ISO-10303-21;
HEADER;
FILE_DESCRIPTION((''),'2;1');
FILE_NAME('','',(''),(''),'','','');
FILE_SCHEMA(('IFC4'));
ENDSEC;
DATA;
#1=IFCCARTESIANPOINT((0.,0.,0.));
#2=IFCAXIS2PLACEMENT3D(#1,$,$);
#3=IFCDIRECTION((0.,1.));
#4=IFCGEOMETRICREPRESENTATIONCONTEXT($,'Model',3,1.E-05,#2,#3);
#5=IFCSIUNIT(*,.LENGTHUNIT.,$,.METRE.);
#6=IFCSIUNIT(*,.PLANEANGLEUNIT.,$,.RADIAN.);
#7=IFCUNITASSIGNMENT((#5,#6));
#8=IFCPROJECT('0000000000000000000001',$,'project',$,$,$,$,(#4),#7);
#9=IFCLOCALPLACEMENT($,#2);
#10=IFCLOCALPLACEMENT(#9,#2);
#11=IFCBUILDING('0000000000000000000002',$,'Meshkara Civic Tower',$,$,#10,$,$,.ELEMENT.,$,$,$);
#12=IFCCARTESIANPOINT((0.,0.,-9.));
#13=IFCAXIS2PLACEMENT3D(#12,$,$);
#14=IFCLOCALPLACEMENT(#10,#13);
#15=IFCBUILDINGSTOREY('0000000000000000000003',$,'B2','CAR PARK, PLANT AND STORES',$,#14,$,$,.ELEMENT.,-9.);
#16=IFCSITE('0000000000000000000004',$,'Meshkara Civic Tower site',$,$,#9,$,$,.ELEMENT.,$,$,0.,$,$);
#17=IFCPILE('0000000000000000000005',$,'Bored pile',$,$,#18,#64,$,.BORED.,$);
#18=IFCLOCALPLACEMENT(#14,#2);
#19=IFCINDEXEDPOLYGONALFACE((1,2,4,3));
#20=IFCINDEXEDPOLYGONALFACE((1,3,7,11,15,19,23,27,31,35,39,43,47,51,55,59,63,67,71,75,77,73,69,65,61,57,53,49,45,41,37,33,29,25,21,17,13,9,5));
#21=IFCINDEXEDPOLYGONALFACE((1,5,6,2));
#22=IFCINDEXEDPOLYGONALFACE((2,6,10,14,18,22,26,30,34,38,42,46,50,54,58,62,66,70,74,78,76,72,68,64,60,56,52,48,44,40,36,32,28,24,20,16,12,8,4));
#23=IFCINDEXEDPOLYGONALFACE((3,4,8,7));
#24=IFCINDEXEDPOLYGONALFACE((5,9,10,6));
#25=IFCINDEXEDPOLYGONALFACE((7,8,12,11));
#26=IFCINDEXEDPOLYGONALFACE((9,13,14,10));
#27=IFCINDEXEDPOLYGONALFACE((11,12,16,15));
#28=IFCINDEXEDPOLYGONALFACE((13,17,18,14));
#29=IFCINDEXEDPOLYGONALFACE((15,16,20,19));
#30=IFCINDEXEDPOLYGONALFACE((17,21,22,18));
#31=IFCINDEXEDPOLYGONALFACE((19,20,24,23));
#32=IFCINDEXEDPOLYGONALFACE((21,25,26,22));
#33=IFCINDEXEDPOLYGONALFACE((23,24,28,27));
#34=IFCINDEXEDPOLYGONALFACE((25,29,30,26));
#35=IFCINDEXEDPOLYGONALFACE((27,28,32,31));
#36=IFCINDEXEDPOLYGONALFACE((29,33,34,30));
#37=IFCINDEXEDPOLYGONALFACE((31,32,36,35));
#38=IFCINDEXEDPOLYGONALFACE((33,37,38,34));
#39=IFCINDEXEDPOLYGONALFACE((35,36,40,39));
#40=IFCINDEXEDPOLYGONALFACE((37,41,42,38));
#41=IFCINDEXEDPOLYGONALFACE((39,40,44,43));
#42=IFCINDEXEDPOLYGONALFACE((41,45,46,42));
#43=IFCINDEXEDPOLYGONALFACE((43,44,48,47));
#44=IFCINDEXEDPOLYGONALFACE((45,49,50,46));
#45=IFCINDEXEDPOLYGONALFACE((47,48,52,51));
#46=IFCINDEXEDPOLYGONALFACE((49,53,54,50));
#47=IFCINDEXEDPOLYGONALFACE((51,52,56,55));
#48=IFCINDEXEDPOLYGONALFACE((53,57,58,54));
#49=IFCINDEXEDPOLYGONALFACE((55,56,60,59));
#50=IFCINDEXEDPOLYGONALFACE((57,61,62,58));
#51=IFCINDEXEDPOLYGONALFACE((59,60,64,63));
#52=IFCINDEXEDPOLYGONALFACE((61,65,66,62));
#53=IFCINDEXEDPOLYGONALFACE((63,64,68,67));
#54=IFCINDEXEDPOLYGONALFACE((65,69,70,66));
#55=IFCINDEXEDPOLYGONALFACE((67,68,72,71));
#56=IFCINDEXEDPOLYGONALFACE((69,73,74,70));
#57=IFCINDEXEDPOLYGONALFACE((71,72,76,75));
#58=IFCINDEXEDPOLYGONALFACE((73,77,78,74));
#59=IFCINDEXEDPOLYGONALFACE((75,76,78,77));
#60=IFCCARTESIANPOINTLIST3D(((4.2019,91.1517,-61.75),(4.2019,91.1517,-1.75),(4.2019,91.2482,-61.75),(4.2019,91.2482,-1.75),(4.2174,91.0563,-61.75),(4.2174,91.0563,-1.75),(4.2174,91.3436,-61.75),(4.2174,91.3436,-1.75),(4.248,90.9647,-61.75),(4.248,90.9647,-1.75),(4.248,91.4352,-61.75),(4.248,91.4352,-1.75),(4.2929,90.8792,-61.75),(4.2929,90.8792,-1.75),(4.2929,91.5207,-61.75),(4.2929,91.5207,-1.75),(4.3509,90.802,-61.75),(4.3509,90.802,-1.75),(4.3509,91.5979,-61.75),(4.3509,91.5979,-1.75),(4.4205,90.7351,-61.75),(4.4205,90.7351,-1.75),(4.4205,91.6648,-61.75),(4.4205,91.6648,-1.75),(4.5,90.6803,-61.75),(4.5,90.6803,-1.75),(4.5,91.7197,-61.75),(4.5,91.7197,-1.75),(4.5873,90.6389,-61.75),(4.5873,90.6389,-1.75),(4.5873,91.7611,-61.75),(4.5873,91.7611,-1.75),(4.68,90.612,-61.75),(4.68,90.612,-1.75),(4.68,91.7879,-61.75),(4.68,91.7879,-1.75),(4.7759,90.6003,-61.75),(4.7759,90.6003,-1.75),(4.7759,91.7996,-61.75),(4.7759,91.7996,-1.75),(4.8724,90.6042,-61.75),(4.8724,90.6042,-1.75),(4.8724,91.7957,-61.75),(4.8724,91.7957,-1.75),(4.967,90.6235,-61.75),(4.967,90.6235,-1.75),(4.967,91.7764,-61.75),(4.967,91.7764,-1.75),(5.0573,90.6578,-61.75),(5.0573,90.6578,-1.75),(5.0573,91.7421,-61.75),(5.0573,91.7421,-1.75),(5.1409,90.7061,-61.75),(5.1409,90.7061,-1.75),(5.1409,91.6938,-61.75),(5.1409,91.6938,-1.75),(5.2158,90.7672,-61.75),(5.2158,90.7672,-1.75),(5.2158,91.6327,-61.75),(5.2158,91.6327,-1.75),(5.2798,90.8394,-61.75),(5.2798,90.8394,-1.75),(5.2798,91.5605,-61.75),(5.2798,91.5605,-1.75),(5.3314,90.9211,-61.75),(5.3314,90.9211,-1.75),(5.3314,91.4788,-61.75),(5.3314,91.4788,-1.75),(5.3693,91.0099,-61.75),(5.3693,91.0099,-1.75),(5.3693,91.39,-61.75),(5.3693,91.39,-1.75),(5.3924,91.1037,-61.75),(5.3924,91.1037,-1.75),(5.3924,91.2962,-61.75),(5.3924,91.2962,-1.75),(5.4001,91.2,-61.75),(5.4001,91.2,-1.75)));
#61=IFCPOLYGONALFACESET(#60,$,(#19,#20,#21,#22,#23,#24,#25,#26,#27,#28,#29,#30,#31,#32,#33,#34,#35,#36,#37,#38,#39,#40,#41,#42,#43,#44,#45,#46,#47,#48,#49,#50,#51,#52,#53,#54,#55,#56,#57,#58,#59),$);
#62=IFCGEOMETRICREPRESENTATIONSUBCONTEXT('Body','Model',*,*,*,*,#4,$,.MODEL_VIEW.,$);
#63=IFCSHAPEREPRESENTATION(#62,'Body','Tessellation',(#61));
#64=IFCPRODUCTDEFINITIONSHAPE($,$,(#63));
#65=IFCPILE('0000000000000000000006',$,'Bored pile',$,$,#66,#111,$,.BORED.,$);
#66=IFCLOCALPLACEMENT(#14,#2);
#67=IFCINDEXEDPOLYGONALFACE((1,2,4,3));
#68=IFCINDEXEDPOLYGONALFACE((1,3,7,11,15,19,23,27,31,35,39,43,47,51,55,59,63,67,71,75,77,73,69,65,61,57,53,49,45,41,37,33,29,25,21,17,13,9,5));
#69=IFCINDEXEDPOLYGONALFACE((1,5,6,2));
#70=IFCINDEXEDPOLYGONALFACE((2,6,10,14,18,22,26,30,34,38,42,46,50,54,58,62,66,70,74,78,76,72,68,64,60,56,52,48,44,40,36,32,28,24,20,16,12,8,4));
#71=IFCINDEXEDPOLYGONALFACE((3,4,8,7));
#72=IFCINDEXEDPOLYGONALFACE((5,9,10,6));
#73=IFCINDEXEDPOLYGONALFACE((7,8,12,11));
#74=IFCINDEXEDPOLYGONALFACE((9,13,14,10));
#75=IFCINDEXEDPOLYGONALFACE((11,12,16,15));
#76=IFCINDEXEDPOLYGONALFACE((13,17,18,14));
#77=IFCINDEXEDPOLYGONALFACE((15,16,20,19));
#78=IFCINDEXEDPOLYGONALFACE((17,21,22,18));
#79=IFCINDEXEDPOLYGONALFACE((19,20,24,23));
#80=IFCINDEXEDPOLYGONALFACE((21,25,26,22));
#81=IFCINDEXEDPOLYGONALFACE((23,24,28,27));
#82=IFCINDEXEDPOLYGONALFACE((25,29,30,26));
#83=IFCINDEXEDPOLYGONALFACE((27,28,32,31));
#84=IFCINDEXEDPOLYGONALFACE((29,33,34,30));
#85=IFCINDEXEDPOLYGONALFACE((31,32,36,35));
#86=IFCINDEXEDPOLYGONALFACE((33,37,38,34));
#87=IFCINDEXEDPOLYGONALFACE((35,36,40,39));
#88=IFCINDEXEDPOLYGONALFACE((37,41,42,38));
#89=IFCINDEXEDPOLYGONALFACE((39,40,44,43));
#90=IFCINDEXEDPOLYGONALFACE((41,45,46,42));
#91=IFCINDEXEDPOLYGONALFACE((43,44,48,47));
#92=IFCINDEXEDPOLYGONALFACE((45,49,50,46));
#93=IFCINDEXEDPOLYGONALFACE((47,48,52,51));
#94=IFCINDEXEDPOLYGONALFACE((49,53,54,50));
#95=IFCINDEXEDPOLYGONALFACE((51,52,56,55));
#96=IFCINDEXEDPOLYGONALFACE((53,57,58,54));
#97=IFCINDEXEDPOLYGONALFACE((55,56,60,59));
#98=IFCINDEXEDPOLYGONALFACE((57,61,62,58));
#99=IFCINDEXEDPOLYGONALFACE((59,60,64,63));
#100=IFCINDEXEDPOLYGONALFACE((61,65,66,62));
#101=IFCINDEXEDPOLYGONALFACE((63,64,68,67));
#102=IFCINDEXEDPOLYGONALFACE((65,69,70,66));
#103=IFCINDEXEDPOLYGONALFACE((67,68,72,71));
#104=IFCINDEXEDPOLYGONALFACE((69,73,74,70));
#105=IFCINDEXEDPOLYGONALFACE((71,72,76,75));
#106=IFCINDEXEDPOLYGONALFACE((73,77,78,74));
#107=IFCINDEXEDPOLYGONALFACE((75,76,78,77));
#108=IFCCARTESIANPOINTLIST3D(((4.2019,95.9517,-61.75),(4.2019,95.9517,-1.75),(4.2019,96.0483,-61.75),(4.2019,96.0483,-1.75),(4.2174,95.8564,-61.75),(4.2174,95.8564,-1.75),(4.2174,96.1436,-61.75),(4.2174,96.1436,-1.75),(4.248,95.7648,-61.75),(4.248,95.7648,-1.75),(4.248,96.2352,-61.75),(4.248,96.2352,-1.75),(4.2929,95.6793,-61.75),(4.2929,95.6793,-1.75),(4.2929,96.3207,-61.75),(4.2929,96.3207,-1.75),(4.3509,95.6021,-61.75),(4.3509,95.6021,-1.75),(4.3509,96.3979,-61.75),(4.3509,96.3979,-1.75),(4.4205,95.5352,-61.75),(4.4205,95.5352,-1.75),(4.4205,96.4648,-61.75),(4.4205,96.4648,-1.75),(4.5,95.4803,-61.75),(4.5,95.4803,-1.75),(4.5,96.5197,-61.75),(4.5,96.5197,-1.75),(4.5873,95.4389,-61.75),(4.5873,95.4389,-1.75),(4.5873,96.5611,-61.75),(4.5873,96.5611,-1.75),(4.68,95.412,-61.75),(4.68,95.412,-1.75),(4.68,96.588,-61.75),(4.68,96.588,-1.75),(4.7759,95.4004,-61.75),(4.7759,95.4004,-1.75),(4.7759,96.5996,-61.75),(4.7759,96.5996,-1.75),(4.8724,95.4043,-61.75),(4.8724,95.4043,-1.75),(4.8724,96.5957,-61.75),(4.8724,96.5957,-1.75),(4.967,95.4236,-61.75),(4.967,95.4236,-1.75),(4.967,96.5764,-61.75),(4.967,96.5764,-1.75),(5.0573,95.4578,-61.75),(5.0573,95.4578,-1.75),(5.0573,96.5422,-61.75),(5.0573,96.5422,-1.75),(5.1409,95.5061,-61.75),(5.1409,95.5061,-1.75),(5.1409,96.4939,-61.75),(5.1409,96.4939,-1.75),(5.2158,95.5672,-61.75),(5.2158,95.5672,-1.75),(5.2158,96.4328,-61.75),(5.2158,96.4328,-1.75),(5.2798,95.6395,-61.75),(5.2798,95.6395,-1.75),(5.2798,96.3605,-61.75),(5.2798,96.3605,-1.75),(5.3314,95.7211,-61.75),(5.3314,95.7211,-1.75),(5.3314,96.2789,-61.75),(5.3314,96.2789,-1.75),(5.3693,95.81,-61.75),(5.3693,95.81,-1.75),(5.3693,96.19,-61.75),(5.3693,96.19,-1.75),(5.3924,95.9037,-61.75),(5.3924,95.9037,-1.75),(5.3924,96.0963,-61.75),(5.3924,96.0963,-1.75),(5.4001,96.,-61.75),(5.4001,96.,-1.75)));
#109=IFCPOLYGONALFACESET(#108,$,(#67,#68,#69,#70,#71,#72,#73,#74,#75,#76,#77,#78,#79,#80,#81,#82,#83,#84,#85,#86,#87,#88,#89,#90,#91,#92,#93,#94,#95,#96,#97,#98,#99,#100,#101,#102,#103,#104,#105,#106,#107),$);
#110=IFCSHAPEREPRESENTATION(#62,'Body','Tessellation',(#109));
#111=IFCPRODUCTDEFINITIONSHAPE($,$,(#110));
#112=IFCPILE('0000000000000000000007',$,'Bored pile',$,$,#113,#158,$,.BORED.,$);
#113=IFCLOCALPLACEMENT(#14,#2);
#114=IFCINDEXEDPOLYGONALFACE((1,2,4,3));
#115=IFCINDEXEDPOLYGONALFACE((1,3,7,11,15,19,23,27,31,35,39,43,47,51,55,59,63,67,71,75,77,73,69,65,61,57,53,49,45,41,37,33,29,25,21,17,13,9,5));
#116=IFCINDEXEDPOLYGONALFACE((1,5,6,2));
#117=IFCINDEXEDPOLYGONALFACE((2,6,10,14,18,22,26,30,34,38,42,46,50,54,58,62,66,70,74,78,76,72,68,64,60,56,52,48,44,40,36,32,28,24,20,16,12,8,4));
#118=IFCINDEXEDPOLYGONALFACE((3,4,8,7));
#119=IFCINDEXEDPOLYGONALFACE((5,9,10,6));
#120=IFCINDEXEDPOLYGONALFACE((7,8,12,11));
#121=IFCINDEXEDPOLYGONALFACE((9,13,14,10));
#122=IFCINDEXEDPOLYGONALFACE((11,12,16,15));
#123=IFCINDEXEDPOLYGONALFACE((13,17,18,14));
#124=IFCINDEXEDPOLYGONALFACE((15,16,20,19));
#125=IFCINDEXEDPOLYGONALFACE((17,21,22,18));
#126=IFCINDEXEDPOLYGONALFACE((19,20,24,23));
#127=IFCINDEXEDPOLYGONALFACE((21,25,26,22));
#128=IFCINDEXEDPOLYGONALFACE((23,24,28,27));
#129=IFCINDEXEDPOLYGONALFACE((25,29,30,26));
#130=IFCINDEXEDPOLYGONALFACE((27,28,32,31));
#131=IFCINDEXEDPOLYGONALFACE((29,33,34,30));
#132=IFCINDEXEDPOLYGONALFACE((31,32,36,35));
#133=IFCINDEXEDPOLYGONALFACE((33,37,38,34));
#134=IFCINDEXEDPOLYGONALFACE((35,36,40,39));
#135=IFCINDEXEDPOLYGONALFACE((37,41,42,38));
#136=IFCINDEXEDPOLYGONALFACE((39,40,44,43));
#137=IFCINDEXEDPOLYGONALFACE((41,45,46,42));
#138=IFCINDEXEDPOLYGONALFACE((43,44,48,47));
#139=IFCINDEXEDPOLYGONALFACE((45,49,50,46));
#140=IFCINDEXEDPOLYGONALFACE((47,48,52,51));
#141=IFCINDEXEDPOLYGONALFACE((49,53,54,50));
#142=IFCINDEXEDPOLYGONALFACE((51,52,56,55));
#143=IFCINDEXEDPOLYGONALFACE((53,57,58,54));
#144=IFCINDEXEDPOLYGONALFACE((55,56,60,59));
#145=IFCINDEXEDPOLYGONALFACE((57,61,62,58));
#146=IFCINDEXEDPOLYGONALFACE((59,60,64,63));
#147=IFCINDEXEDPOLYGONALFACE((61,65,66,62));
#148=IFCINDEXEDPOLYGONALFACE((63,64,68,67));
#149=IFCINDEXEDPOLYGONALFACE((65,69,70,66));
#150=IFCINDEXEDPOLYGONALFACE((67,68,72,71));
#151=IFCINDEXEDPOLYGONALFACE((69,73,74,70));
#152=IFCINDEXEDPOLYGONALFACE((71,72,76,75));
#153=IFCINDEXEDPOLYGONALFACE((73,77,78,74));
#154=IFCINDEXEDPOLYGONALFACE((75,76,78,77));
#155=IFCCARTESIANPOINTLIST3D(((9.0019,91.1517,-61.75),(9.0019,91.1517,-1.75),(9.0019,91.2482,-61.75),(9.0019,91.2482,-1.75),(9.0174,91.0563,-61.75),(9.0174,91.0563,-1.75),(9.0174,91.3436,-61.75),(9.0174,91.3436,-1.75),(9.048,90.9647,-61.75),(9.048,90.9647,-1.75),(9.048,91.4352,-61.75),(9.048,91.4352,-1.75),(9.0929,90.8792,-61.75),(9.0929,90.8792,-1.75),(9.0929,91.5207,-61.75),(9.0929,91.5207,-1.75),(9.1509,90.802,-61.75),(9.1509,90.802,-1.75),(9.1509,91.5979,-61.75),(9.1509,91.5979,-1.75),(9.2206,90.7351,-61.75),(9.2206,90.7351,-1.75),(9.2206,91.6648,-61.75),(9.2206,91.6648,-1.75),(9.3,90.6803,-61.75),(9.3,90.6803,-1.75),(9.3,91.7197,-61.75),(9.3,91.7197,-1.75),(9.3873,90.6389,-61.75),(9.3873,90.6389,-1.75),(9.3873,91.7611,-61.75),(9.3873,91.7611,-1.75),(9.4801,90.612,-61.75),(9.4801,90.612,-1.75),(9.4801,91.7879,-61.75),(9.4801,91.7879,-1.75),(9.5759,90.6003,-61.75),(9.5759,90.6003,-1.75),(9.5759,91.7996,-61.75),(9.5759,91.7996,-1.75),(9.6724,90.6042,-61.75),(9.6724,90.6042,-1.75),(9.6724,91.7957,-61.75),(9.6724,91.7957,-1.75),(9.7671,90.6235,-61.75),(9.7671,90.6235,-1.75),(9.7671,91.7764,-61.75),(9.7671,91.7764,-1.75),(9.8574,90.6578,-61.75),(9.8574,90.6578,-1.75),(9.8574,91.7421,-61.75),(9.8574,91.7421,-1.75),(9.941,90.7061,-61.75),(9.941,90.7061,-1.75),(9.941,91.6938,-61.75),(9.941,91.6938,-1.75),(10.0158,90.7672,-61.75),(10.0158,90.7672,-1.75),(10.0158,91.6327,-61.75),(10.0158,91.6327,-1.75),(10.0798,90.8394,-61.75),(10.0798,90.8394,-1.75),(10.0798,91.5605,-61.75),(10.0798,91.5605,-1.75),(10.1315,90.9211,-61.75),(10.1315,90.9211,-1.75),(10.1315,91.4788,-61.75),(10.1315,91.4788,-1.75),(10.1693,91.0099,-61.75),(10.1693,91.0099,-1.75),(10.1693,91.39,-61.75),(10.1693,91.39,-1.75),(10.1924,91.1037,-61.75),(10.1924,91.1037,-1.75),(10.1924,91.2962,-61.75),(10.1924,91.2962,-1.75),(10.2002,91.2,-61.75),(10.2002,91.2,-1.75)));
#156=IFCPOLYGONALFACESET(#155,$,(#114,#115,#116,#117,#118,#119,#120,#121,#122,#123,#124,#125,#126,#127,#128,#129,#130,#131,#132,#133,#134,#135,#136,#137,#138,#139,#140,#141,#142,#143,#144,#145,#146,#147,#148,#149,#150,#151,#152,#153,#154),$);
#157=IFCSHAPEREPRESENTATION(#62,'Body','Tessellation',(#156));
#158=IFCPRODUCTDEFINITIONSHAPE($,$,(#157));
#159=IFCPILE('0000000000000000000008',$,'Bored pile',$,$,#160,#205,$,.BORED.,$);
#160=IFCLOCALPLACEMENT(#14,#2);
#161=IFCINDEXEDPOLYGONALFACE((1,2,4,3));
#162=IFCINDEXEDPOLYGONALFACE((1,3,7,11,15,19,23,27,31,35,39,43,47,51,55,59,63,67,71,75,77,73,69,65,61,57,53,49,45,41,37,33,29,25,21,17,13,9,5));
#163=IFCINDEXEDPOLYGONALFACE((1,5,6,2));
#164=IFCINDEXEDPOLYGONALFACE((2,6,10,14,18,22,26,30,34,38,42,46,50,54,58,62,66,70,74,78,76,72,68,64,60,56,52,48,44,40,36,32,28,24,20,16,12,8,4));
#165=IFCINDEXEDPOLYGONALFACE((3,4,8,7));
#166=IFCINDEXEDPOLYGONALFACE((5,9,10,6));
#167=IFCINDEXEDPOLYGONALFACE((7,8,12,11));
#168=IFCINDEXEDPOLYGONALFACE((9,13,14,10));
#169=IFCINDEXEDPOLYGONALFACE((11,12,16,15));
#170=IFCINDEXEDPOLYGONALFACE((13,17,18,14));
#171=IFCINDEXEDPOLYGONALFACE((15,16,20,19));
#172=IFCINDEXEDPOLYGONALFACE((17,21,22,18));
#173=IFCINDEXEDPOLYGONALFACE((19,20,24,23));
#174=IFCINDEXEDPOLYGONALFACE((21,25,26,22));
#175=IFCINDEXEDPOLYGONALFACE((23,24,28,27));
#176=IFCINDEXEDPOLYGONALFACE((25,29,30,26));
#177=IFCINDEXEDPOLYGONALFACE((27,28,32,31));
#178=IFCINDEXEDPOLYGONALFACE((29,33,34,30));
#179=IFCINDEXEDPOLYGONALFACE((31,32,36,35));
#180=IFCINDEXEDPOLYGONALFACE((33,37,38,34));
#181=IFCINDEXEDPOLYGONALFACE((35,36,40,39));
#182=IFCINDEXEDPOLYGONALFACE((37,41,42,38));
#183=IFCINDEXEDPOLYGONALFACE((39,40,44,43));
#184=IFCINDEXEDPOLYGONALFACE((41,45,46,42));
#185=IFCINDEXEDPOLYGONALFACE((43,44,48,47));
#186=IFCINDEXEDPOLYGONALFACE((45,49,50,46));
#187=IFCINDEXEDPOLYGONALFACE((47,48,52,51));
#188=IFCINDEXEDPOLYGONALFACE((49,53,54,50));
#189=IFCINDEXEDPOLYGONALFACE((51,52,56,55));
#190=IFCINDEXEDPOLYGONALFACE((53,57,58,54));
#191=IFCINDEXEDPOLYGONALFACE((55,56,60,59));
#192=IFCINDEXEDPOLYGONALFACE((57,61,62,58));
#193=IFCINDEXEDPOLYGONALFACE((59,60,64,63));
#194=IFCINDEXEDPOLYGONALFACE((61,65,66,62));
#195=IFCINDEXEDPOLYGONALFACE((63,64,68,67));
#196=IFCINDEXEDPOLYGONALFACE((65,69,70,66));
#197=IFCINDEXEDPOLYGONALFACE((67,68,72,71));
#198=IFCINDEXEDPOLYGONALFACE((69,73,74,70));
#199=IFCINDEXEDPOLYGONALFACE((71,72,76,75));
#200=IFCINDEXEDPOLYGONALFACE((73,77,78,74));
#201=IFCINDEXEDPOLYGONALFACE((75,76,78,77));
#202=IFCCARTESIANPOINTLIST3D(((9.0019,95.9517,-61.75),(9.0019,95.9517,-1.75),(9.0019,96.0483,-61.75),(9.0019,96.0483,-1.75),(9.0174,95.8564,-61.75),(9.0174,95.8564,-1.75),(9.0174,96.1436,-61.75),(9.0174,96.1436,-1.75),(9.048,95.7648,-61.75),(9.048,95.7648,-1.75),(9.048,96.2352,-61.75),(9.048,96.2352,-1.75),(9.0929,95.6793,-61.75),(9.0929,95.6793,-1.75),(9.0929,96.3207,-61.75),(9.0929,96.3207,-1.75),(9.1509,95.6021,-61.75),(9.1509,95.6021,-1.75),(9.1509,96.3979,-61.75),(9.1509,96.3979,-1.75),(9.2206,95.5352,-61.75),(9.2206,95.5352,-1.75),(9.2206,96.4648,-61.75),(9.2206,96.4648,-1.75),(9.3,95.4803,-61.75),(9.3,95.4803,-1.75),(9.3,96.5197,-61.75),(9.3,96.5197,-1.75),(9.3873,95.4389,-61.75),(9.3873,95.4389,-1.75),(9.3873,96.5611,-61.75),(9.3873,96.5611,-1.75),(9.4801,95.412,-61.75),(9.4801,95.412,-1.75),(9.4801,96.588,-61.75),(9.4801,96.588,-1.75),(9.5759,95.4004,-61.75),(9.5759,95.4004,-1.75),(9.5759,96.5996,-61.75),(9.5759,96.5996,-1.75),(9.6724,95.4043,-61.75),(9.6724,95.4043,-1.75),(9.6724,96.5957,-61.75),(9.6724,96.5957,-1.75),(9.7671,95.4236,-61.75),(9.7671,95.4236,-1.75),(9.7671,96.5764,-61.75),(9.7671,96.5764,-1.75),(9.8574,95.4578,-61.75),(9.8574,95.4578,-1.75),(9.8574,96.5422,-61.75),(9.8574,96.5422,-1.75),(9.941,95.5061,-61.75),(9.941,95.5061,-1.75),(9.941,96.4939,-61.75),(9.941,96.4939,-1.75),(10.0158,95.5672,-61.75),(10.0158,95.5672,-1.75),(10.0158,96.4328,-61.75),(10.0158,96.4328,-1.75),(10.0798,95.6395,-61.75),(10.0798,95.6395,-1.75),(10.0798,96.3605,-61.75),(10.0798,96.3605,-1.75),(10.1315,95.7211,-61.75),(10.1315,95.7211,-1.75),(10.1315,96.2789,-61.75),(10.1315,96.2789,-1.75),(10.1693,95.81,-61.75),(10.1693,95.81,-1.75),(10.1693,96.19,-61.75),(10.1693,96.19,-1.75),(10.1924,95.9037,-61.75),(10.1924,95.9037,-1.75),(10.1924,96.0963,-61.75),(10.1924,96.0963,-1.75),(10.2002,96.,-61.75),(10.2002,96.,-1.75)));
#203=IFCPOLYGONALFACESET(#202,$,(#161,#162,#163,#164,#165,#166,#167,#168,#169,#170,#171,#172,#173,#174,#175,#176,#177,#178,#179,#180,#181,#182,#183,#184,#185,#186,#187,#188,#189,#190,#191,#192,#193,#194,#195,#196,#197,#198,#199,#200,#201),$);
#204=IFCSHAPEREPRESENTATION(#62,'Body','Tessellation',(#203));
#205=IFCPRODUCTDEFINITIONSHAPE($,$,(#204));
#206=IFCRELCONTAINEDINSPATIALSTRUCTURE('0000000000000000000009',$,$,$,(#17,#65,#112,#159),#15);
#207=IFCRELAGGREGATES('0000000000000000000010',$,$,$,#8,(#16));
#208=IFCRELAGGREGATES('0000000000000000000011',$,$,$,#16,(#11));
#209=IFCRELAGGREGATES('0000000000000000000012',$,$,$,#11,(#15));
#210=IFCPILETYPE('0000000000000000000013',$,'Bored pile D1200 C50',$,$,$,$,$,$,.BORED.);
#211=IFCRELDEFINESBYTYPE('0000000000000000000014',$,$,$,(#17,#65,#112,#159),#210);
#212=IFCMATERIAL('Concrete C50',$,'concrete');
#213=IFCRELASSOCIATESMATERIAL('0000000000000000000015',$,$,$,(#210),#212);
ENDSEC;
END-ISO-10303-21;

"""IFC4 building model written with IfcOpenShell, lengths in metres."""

from ifc_helpers import new_model, si_unit, direction, frame, origin, origin_2d, place, context, subcontext, project, spatial, circle, extrude, material, material_profile, profile_set, type_object, element, save


model = new_model("IFC4")

# Units and contexts
model_context = context("Model", 3, precision=1e-05, world=origin(), true_north=direction((0.0, 1.0)))
body_context = subcontext(model_context, "Body", "Model", "MODEL_VIEW")
ifc_project = project(units=[si_unit("LENGTHUNIT", "METRE"), si_unit("PLANEANGLEUNIT", "RADIAN")], contexts=[model_context])

# Site, building, storey
site_placement = place(None, origin())
site = spatial("IfcSite", under=ifc_project, at=site_placement, Name="Meshkara Civic Tower site", CompositionType="ELEMENT", RefElevation=0.0)
building_placement = place(site_placement, origin())
building = spatial("IfcBuilding", under=site, at=building_placement, Name="Meshkara Civic Tower", CompositionType="ELEMENT")
storey_placement = place(building_placement, frame((0.0, 0.0, -9.0)))
storey = spatial("IfcBuildingStorey", under=building, at=storey_placement, Name="B2", Description="CAR PARK, PLANT AND STORES", CompositionType="ELEMENT", Elevation=-9.0)

# Piles
ifc_material_1 = material(Name="Concrete C50", Category="concrete")
ifc_material_profile_1 = material_profile(ifc_material_1, circle(Radius=0.6001, at=origin_2d()))
ifc_profile_set_1 = profile_set([ifc_material_profile_1], Name="Concrete C50")
pile_type = type_object("IfcPileType", Name="Bored pile D1200 C50", PredefinedType="BORED", material=ifc_profile_set_1)
for number, where, z_axis, x_axis, name in (
    (1, (4.8, 91.2, -1.75), (0.0, 0.0, -1.0), (1.0, 0.0, 0.0), "Bored pile"),
    (2, (4.8, 96.0, -1.75), (0.0, 0.0, -1.0), (1.0, 0.0, 0.0), "Bored pile"),
    (3, (9.6001, 91.2, -1.75), (0.0, 0.0, -1.0), (1.0, 0.0, 0.0), "Bored pile"),
    (4, (9.6001, 96.0, -1.75), (0.0, 0.0, -1.0), (1.0, 0.0, 0.0), "Bored pile"),
):
    element("IfcPile", number, at=place(storey_placement, frame(where, z_axis=z_axis, x_axis=x_axis)), inside=storey, type_object=pile_type, Name=name, PredefinedType="BORED", context=body_context, shape_type="SweptSolid", body=[
        extrude(circle(Radius=0.6001, at=origin_2d()), origin(), (0.0, 0.0, 1.0), 60.0),
    ])

save(model, "model.ifc")
